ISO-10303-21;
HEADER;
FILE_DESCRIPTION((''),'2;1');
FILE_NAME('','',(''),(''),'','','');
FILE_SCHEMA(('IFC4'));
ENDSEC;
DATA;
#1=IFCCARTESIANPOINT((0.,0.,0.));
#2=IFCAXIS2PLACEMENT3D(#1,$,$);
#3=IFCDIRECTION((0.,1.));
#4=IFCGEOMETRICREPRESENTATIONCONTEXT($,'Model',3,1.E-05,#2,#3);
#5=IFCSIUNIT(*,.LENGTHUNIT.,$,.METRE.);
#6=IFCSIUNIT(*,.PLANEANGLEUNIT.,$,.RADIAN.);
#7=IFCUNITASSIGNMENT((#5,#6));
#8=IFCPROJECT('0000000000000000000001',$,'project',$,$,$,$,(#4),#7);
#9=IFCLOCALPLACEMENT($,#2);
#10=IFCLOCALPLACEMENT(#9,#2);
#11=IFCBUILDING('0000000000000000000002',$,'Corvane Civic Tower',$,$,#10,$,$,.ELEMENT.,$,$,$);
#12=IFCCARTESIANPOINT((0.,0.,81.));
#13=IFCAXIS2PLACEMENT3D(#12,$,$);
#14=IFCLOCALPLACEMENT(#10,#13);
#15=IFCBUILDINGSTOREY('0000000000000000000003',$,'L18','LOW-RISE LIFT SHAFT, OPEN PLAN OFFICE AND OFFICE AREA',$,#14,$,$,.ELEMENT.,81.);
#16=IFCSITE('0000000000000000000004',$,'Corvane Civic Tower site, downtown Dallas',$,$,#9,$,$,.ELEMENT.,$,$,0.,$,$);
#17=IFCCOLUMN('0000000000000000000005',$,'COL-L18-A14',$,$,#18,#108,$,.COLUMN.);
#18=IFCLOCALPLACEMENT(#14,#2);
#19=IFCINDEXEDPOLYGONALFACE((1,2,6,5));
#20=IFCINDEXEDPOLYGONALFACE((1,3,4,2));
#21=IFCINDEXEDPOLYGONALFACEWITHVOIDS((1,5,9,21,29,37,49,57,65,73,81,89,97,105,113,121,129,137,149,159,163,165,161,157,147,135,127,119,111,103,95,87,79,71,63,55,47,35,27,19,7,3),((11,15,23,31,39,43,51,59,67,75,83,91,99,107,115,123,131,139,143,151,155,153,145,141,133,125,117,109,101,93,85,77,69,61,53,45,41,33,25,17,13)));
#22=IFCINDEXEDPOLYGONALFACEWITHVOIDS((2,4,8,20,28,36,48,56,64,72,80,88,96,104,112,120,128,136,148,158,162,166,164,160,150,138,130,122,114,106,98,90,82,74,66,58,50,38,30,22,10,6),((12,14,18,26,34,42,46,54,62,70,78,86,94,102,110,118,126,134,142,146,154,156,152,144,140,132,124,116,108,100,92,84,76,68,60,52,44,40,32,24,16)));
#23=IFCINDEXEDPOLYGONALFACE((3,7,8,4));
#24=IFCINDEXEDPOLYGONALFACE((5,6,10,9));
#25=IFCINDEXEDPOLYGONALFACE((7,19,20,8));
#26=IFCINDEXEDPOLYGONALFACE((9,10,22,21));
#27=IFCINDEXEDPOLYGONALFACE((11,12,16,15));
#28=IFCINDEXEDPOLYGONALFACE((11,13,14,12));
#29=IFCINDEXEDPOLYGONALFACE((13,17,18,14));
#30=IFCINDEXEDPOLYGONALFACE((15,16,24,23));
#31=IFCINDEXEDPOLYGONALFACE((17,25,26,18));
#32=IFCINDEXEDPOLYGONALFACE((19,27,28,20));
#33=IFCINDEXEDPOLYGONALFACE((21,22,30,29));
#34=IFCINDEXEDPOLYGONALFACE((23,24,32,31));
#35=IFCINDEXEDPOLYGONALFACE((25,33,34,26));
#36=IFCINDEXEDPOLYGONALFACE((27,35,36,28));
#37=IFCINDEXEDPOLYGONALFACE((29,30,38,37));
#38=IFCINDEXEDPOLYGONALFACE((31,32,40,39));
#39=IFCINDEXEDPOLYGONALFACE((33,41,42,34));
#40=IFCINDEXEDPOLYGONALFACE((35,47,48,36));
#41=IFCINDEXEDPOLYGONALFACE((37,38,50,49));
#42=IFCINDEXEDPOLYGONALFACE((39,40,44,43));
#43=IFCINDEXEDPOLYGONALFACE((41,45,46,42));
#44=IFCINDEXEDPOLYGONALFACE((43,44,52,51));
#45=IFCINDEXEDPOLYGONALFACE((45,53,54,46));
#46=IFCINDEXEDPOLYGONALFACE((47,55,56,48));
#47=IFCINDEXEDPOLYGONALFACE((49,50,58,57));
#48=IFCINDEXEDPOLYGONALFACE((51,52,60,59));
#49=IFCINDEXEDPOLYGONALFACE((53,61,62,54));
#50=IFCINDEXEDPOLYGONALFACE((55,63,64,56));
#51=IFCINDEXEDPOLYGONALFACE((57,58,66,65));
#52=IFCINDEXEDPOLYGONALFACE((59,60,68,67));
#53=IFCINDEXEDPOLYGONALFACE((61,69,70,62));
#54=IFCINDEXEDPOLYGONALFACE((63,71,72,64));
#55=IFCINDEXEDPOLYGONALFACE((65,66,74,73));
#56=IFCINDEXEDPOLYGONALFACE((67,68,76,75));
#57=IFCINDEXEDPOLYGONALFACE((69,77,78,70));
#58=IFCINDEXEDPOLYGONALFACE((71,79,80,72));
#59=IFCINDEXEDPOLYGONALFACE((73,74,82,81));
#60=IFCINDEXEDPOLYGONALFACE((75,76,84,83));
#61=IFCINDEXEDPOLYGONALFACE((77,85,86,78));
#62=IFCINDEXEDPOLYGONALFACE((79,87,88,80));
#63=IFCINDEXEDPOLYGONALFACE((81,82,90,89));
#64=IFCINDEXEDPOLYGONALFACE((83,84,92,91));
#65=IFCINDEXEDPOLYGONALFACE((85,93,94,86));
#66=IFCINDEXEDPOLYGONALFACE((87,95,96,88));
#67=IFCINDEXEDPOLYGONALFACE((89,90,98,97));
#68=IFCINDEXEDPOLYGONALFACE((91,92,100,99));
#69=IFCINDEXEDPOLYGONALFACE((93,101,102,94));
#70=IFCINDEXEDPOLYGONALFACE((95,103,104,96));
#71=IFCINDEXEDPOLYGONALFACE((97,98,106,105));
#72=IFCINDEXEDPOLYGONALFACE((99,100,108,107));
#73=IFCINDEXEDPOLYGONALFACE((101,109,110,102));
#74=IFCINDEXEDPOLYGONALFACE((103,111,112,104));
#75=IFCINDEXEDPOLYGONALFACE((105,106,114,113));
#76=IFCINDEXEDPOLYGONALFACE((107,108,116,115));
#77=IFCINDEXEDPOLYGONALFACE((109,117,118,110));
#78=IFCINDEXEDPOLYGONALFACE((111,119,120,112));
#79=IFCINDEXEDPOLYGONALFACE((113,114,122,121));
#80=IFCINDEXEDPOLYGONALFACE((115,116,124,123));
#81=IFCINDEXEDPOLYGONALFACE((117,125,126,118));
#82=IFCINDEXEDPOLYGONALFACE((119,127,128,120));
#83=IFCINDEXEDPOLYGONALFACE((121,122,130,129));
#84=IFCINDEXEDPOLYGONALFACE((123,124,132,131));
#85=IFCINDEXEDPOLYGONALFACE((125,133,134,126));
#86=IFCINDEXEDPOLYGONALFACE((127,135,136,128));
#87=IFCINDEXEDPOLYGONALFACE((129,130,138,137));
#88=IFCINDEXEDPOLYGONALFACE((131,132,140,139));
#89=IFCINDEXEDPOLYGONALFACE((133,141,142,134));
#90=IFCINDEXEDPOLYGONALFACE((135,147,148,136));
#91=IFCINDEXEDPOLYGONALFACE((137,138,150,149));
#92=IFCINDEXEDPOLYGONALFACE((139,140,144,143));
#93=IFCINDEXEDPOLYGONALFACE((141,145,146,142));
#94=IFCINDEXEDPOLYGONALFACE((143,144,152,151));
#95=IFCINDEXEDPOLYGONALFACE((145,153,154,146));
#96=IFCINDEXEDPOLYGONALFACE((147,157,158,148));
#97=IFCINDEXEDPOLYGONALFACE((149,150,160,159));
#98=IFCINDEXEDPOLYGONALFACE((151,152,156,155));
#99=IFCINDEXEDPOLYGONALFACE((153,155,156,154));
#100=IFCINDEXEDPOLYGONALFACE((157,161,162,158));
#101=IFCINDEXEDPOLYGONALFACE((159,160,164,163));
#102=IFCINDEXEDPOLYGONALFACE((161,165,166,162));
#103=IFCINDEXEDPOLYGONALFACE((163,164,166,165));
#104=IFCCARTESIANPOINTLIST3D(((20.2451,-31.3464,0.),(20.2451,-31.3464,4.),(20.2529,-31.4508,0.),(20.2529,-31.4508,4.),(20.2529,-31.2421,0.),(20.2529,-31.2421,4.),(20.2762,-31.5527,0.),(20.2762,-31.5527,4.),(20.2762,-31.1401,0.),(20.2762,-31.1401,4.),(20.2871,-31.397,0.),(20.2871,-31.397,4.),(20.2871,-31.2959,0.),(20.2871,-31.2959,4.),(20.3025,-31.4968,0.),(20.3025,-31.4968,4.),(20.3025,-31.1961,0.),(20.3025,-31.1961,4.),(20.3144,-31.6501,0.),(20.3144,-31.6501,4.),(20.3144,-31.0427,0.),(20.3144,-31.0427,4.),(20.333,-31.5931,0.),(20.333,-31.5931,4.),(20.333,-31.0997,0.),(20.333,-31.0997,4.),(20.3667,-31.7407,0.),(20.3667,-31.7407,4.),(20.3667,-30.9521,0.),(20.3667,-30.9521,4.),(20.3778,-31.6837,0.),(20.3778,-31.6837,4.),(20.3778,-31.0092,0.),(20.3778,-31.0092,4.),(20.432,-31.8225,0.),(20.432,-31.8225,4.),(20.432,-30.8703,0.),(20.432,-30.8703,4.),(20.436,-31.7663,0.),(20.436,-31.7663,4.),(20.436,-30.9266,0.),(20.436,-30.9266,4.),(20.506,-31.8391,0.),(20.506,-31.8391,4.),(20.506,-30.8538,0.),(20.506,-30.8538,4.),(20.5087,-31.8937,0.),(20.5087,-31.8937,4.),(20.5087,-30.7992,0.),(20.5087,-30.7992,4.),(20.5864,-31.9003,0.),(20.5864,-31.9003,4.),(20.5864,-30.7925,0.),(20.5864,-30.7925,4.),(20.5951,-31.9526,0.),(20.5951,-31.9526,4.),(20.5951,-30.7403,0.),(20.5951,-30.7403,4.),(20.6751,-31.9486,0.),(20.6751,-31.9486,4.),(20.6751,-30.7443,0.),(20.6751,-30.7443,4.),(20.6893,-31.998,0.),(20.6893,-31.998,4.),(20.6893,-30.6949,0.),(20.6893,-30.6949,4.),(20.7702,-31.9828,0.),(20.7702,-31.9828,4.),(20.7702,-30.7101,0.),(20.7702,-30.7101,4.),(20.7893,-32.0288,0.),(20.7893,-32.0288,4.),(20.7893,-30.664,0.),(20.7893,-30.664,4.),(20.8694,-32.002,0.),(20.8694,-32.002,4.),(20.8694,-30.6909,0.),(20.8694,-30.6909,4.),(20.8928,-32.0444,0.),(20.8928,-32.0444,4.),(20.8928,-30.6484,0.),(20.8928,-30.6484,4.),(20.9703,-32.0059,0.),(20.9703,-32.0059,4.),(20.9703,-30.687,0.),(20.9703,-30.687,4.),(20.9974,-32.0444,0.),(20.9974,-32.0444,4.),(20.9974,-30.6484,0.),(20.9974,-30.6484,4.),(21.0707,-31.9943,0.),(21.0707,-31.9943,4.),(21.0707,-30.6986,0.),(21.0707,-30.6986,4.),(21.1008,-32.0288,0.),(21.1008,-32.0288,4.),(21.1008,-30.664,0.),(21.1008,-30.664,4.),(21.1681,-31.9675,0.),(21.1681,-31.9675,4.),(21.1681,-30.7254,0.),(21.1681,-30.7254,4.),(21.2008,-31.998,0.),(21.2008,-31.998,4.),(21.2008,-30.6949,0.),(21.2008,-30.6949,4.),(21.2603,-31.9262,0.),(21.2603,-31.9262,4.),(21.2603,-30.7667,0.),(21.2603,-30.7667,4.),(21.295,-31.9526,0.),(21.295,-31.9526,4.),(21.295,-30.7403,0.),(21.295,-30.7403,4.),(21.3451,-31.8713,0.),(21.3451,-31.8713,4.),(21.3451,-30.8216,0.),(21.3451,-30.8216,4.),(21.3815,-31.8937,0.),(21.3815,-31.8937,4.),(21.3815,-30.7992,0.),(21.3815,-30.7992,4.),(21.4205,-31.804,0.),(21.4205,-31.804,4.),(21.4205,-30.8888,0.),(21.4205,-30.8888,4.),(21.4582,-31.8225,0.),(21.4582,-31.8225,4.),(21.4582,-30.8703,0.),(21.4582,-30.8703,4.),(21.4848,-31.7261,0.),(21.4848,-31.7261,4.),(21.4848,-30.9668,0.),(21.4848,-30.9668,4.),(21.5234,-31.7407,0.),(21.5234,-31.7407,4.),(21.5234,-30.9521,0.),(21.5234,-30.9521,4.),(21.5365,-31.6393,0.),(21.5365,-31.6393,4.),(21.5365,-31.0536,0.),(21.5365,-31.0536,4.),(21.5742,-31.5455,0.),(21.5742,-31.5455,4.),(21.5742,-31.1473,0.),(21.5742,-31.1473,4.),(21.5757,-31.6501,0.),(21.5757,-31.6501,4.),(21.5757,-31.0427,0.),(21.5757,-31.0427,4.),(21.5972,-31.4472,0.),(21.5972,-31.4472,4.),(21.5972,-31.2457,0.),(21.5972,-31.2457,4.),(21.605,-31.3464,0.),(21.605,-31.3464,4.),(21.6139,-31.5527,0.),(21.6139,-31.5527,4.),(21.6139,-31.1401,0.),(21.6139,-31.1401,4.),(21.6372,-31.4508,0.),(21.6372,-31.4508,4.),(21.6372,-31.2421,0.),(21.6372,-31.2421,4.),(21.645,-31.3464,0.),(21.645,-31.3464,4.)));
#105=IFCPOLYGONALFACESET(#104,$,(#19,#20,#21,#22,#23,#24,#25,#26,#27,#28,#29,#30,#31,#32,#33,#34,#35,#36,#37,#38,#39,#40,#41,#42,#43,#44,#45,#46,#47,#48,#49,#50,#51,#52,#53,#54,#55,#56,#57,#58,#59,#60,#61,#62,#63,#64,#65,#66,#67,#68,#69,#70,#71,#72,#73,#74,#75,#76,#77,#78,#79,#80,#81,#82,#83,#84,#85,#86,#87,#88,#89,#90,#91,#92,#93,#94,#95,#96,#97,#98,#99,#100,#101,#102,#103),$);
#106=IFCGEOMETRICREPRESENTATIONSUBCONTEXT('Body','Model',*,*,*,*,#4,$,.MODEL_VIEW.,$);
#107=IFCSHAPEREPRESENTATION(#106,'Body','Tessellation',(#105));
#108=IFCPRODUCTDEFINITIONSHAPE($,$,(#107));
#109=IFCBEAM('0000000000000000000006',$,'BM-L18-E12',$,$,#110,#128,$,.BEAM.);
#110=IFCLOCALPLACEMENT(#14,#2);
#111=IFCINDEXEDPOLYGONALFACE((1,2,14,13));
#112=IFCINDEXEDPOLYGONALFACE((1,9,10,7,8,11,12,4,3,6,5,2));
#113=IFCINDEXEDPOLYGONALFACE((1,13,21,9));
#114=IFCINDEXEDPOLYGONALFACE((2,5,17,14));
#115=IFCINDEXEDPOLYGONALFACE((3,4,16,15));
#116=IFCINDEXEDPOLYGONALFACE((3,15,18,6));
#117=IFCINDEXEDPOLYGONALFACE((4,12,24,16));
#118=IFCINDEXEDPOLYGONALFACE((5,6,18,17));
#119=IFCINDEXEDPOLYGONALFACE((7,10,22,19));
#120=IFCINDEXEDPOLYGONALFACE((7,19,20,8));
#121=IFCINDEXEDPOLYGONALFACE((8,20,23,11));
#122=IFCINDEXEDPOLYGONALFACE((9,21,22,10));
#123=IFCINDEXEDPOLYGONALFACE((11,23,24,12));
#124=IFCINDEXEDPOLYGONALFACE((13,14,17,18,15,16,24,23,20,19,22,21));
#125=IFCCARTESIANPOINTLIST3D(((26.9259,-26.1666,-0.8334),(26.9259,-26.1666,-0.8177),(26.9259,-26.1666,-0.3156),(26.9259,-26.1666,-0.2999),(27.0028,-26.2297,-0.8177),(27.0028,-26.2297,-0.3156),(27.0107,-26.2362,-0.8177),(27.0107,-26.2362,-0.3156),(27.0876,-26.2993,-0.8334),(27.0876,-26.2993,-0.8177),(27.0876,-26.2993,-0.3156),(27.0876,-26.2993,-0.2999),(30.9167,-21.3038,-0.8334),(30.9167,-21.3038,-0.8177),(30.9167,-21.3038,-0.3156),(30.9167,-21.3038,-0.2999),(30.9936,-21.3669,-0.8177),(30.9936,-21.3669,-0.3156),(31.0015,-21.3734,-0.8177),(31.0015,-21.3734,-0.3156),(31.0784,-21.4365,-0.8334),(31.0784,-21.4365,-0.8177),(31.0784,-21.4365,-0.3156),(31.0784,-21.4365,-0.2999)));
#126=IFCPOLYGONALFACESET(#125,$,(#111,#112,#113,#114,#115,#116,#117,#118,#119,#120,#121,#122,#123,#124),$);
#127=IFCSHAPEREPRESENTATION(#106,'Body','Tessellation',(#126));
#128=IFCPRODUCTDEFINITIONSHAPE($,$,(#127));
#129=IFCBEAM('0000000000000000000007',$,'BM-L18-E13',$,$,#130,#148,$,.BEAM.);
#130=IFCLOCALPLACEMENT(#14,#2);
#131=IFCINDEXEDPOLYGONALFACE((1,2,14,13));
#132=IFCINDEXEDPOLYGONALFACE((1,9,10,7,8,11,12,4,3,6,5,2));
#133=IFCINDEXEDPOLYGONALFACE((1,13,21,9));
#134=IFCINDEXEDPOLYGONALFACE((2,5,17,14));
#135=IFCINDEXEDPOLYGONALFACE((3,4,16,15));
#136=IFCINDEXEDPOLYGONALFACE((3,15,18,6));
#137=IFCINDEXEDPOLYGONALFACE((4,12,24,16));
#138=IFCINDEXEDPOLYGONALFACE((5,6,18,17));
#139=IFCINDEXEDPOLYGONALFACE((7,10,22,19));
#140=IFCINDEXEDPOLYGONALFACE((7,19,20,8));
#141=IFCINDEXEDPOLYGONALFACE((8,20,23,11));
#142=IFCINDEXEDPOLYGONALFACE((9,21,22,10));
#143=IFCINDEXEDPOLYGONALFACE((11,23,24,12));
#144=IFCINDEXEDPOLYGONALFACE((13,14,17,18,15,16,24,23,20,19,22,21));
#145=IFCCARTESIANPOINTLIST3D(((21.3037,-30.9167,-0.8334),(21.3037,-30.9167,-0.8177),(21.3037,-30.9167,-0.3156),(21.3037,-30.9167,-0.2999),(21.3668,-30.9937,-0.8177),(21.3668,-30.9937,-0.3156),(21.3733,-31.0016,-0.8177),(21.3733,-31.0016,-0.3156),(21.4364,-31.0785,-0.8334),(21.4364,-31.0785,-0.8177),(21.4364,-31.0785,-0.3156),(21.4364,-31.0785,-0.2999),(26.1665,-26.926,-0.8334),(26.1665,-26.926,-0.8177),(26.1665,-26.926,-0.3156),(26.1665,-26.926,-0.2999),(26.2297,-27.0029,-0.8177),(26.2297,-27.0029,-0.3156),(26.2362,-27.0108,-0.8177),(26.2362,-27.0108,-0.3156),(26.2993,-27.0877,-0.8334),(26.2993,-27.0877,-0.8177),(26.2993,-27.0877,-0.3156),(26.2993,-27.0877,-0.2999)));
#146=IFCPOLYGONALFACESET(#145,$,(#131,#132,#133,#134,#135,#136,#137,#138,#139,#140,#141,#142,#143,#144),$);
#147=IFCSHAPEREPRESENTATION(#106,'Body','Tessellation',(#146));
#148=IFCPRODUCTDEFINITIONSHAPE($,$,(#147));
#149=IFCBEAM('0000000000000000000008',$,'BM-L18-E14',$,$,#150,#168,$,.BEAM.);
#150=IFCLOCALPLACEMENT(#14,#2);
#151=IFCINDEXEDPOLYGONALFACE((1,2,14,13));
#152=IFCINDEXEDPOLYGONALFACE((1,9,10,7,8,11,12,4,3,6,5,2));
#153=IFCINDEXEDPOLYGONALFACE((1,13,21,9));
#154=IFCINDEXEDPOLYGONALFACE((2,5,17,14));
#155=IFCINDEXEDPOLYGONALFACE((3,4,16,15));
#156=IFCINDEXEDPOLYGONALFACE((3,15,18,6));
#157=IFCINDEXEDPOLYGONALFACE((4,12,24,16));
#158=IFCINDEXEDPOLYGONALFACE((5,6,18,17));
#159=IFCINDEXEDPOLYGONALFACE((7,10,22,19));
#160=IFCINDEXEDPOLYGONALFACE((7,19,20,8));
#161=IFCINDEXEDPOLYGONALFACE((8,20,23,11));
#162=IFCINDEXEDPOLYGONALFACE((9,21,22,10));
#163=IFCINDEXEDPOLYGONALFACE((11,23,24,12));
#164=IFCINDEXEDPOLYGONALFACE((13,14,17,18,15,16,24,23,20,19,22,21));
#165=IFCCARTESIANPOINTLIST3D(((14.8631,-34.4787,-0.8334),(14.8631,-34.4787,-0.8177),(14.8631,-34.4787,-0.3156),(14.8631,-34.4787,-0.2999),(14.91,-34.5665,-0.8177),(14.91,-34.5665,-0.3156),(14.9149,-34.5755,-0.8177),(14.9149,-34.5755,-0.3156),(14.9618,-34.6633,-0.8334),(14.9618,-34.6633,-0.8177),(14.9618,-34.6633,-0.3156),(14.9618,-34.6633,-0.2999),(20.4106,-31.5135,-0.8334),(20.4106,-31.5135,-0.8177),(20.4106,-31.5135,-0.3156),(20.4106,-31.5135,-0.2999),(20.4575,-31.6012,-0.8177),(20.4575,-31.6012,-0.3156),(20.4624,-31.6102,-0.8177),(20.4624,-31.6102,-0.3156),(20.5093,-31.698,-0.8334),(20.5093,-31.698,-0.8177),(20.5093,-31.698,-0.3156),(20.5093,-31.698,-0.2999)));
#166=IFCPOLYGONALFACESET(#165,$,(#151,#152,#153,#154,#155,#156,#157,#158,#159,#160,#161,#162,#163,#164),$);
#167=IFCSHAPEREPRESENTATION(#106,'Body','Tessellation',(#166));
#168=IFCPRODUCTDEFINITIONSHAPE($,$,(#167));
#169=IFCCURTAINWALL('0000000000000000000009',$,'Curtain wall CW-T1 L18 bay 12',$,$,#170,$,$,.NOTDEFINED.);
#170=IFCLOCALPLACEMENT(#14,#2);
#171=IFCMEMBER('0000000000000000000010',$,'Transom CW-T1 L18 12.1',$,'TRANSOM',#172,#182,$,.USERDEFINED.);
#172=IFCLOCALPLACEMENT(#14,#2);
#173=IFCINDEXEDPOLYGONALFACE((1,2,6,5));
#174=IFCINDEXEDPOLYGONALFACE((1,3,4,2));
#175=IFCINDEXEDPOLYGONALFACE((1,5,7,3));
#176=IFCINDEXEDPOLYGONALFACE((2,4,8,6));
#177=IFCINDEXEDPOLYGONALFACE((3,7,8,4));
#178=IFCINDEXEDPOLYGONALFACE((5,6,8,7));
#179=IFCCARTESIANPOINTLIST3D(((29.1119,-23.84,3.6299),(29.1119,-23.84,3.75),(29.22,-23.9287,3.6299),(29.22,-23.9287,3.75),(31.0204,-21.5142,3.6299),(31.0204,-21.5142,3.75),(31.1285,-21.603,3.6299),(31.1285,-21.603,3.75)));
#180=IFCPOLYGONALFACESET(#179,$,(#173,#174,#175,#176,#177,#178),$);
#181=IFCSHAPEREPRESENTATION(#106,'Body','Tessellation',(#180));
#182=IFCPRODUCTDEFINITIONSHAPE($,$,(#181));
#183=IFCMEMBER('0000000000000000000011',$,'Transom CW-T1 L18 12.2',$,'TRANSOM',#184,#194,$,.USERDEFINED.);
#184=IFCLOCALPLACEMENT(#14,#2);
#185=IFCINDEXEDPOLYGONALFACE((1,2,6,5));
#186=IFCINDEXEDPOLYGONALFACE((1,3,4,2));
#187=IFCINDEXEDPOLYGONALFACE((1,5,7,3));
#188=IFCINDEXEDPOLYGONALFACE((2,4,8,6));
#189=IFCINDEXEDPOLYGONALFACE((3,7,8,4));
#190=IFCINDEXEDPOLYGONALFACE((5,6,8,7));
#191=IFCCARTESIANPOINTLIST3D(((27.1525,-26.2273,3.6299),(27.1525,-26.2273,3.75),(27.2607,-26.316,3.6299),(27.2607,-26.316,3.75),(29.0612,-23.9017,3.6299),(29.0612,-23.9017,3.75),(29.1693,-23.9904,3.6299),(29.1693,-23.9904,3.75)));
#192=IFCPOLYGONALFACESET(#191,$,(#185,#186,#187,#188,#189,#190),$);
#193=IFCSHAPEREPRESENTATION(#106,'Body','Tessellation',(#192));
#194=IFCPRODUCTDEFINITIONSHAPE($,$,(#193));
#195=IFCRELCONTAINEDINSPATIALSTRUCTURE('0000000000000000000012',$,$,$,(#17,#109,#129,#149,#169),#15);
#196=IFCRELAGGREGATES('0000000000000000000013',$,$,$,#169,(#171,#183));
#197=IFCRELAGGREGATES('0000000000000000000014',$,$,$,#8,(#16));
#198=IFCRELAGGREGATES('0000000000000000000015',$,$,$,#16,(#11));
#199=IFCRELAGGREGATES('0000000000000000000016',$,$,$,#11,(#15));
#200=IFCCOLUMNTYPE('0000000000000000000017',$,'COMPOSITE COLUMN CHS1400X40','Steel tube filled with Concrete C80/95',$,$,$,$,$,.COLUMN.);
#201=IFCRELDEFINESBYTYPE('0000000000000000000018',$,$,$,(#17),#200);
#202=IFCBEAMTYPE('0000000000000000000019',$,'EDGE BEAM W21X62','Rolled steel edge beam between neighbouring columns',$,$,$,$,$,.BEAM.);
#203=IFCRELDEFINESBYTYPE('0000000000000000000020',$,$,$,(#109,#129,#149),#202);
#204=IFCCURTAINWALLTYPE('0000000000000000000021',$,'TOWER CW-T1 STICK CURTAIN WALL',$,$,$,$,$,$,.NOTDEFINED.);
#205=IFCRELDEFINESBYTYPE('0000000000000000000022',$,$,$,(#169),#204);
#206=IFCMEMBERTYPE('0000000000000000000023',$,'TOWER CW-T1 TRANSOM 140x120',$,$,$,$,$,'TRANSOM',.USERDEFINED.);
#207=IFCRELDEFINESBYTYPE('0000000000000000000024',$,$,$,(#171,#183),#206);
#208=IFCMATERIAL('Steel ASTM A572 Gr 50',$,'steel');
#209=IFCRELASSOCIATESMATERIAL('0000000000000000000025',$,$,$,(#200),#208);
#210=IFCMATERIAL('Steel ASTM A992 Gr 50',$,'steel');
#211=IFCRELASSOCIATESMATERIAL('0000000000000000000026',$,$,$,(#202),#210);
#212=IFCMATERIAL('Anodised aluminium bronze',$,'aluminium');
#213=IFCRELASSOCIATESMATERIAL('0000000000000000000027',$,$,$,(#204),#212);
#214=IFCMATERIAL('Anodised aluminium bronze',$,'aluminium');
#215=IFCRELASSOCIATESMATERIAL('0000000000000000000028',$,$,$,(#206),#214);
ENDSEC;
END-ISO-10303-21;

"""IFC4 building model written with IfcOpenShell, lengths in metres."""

from ifc_helpers import new_model, si_unit, direction, frame, origin, origin_2d, place, context, subcontext, project, spatial, rectangle, hollow_circle, i_section, extrude, material, material_profile, profile_set, type_object, element, aggregate, save


model = new_model("IFC4")

# Units and contexts
model_context = context("Model", 3, precision=1e-05, world=origin(), true_north=direction((0.0, 1.0)))
body_context = subcontext(model_context, "Body", "Model", "MODEL_VIEW")
ifc_project = project(units=[si_unit("LENGTHUNIT", "METRE"), si_unit("PLANEANGLEUNIT", "RADIAN")], contexts=[model_context])

# Site, building, storey
site_placement = place(None, origin())
site = spatial("IfcSite", under=ifc_project, at=site_placement, Name="Corvane Civic Tower site, downtown Dallas", CompositionType="ELEMENT", RefElevation=0.0)
building_placement = place(site_placement, origin())
building = spatial("IfcBuilding", under=site, at=building_placement, Name="Corvane Civic Tower", CompositionType="ELEMENT")
storey_placement = place(building_placement, frame((0.0, 0.0, 81.0)))
storey = spatial("IfcBuildingStorey", under=building, at=storey_placement, Name="L18", Description="LOW-RISE LIFT SHAFT, OPEN PLAN OFFICE AND OFFICE AREA", CompositionType="ELEMENT", Elevation=81.0)

# Column
ifc_material_1 = material(Name="Steel ASTM A572 Gr 50", Category="steel")
ifc_material_profile_1 = material_profile(ifc_material_1, hollow_circle(Radius=0.7, WallThickness=0.04, at=origin_2d()), Name="CHS1400X40")
ifc_profile_set_1 = profile_set([ifc_material_profile_1], Name="Steel ASTM A572 Gr 50")
column_type = type_object("IfcColumnType", Name="COMPOSITE COLUMN CHS1400X40", Description="Steel tube filled with Concrete C80/95", PredefinedType="COLUMN", material=ifc_profile_set_1)
for number, where, z_axis, x_axis, name in (
    (1, (20.9451, -31.3464, 0.0), (0.0, 0.0, 1.0), (1.0, 0.0, 0.0), "COL-L18-A14"),
):
    element("IfcColumn", number, at=place(storey_placement, frame(where, z_axis=z_axis, x_axis=x_axis)), inside=storey, type_object=column_type, Name=name, PredefinedType="COLUMN", context=body_context, shape_type="SweptSolid", body=[
        extrude(hollow_circle(Radius=0.7, WallThickness=0.04, at=origin_2d()), origin(), (0.0, 0.0, 1.0), 4.0),
    ])

# Beams
ifc_material_2 = material(Name="Steel ASTM A992 Gr 50", Category="steel")
ifc_material_profile_2 = material_profile(ifc_material_2, i_section(OverallWidth=0.2092, OverallDepth=0.5334, WebThickness=0.0103, FlangeThickness=0.0156, at=origin_2d()), Name="W21X62")
ifc_profile_set_2 = profile_set([ifc_material_profile_2], Name="Steel ASTM A992 Gr 50")
beam_type = type_object("IfcBeamType", Name="EDGE BEAM W21X62", Description="Rolled steel edge beam between neighbouring columns", PredefinedType="BEAM", material=ifc_profile_set_2)
for number, where, z_axis, x_axis, name in (
    (2, (30.9976, -21.3701, -0.5667), (-0.634387, -0.773016, 0.0), (0.773016, -0.634387, 0.0), "BM-L18-E12"),
    (3, (26.2329, -27.0068, -0.5667), (-0.773016, -0.634387, 0.0), (0.634387, -0.773016, 0.0), "BM-L18-E13"),
):
    element("IfcBeam", number, at=place(storey_placement, frame(where, z_axis=z_axis, x_axis=x_axis)), inside=storey, type_object=beam_type, Name=name, PredefinedType="BEAM", context=body_context, shape_type="SweptSolid", body=[
        extrude(i_section(OverallWidth=0.2092, OverallDepth=0.5334, WebThickness=0.0103, FlangeThickness=0.0156, at=origin_2d()), origin(), (0.0, 0.0, 1.0), 6.2908),
    ])
beam_placement = place(storey_placement, frame((20.46, -31.6057, -0.5667), z_axis=(-0.881916, -0.471406, 0.0), x_axis=(0.471406, -0.881916, 0.0)))
element("IfcBeam", 4, at=beam_placement, inside=storey, type_object=beam_type, Name="BM-L18-E14", PredefinedType="BEAM", context=body_context, shape_type="SweptSolid", body=[
    extrude(i_section(OverallWidth=0.2092, OverallDepth=0.5334, WebThickness=0.0103, FlangeThickness=0.0156, at=origin_2d()), origin(), (0.0, 0.0, 1.0), 6.2903),
])

# Curtain wall, members
ifc_material_3 = material(Name="Anodised aluminium bronze", Category="aluminium")
curtain_wall_type = type_object("IfcCurtainWallType", Name="TOWER CW-T1 STICK CURTAIN WALL", PredefinedType="NOTDEFINED", material=ifc_material_3)
curtain_wall_1_placement = place(storey_placement, origin())
curtain_wall_1 = element("IfcCurtainWall", 5, at=curtain_wall_1_placement, inside=storey, type_object=curtain_wall_type, Name="Curtain wall CW-T1 L18 bay 12", PredefinedType="NOTDEFINED")
ifc_material_4 = material(Name="Anodised aluminium bronze", Category="aluminium")
ifc_material_profile_3 = material_profile(ifc_material_4, rectangle(XDim=0.1399, YDim=0.1201, at=origin_2d()), Name="TOWER CW-T1 TRANSOM 140x120")
ifc_profile_set_3 = profile_set([ifc_material_profile_3], Name="Anodised aluminium bronze")
member_type_1 = type_object("IfcMemberType", Name="TOWER CW-T1 TRANSOM 140x120", ElementType="TRANSOM", PredefinedType="USERDEFINED", material=ifc_profile_set_3)
member_1_placement = place(storey_placement, frame((31.0745, -21.5586, 3.6899), z_axis=(-0.634355, -0.773042, 0.0), x_axis=(0.773042, -0.634355, 0.0)))
member_1 = element("IfcMember", 6, at=member_1_placement, type_object=member_type_1, Name="Transom CW-T1 L18 12.1", ObjectType="TRANSOM", PredefinedType="USERDEFINED", context=body_context, shape_type="SweptSolid", body=[
    extrude(rectangle(XDim=0.1399, YDim=0.1201, at=origin_2d()), origin(), (0.0, 0.0, 1.0), 3.0085),
])
member_2_placement = place(storey_placement, frame((29.1152, -23.946, 3.6899), z_axis=(-0.634404, -0.773002, 0.0), x_axis=(0.773002, -0.634404, 0.0)))
member_2 = element("IfcMember", 7, at=member_2_placement, type_object=member_type_1, Name="Transom CW-T1 L18 12.2", ObjectType="TRANSOM", PredefinedType="USERDEFINED", context=body_context, shape_type="SweptSolid", body=[
    extrude(rectangle(XDim=0.1399, YDim=0.1201, at=origin_2d()), origin(), (0.0, 0.0, 1.0), 3.0085),
])

aggregate(curtain_wall_1, [member_1, member_2])

save(model, "model.ifc")
